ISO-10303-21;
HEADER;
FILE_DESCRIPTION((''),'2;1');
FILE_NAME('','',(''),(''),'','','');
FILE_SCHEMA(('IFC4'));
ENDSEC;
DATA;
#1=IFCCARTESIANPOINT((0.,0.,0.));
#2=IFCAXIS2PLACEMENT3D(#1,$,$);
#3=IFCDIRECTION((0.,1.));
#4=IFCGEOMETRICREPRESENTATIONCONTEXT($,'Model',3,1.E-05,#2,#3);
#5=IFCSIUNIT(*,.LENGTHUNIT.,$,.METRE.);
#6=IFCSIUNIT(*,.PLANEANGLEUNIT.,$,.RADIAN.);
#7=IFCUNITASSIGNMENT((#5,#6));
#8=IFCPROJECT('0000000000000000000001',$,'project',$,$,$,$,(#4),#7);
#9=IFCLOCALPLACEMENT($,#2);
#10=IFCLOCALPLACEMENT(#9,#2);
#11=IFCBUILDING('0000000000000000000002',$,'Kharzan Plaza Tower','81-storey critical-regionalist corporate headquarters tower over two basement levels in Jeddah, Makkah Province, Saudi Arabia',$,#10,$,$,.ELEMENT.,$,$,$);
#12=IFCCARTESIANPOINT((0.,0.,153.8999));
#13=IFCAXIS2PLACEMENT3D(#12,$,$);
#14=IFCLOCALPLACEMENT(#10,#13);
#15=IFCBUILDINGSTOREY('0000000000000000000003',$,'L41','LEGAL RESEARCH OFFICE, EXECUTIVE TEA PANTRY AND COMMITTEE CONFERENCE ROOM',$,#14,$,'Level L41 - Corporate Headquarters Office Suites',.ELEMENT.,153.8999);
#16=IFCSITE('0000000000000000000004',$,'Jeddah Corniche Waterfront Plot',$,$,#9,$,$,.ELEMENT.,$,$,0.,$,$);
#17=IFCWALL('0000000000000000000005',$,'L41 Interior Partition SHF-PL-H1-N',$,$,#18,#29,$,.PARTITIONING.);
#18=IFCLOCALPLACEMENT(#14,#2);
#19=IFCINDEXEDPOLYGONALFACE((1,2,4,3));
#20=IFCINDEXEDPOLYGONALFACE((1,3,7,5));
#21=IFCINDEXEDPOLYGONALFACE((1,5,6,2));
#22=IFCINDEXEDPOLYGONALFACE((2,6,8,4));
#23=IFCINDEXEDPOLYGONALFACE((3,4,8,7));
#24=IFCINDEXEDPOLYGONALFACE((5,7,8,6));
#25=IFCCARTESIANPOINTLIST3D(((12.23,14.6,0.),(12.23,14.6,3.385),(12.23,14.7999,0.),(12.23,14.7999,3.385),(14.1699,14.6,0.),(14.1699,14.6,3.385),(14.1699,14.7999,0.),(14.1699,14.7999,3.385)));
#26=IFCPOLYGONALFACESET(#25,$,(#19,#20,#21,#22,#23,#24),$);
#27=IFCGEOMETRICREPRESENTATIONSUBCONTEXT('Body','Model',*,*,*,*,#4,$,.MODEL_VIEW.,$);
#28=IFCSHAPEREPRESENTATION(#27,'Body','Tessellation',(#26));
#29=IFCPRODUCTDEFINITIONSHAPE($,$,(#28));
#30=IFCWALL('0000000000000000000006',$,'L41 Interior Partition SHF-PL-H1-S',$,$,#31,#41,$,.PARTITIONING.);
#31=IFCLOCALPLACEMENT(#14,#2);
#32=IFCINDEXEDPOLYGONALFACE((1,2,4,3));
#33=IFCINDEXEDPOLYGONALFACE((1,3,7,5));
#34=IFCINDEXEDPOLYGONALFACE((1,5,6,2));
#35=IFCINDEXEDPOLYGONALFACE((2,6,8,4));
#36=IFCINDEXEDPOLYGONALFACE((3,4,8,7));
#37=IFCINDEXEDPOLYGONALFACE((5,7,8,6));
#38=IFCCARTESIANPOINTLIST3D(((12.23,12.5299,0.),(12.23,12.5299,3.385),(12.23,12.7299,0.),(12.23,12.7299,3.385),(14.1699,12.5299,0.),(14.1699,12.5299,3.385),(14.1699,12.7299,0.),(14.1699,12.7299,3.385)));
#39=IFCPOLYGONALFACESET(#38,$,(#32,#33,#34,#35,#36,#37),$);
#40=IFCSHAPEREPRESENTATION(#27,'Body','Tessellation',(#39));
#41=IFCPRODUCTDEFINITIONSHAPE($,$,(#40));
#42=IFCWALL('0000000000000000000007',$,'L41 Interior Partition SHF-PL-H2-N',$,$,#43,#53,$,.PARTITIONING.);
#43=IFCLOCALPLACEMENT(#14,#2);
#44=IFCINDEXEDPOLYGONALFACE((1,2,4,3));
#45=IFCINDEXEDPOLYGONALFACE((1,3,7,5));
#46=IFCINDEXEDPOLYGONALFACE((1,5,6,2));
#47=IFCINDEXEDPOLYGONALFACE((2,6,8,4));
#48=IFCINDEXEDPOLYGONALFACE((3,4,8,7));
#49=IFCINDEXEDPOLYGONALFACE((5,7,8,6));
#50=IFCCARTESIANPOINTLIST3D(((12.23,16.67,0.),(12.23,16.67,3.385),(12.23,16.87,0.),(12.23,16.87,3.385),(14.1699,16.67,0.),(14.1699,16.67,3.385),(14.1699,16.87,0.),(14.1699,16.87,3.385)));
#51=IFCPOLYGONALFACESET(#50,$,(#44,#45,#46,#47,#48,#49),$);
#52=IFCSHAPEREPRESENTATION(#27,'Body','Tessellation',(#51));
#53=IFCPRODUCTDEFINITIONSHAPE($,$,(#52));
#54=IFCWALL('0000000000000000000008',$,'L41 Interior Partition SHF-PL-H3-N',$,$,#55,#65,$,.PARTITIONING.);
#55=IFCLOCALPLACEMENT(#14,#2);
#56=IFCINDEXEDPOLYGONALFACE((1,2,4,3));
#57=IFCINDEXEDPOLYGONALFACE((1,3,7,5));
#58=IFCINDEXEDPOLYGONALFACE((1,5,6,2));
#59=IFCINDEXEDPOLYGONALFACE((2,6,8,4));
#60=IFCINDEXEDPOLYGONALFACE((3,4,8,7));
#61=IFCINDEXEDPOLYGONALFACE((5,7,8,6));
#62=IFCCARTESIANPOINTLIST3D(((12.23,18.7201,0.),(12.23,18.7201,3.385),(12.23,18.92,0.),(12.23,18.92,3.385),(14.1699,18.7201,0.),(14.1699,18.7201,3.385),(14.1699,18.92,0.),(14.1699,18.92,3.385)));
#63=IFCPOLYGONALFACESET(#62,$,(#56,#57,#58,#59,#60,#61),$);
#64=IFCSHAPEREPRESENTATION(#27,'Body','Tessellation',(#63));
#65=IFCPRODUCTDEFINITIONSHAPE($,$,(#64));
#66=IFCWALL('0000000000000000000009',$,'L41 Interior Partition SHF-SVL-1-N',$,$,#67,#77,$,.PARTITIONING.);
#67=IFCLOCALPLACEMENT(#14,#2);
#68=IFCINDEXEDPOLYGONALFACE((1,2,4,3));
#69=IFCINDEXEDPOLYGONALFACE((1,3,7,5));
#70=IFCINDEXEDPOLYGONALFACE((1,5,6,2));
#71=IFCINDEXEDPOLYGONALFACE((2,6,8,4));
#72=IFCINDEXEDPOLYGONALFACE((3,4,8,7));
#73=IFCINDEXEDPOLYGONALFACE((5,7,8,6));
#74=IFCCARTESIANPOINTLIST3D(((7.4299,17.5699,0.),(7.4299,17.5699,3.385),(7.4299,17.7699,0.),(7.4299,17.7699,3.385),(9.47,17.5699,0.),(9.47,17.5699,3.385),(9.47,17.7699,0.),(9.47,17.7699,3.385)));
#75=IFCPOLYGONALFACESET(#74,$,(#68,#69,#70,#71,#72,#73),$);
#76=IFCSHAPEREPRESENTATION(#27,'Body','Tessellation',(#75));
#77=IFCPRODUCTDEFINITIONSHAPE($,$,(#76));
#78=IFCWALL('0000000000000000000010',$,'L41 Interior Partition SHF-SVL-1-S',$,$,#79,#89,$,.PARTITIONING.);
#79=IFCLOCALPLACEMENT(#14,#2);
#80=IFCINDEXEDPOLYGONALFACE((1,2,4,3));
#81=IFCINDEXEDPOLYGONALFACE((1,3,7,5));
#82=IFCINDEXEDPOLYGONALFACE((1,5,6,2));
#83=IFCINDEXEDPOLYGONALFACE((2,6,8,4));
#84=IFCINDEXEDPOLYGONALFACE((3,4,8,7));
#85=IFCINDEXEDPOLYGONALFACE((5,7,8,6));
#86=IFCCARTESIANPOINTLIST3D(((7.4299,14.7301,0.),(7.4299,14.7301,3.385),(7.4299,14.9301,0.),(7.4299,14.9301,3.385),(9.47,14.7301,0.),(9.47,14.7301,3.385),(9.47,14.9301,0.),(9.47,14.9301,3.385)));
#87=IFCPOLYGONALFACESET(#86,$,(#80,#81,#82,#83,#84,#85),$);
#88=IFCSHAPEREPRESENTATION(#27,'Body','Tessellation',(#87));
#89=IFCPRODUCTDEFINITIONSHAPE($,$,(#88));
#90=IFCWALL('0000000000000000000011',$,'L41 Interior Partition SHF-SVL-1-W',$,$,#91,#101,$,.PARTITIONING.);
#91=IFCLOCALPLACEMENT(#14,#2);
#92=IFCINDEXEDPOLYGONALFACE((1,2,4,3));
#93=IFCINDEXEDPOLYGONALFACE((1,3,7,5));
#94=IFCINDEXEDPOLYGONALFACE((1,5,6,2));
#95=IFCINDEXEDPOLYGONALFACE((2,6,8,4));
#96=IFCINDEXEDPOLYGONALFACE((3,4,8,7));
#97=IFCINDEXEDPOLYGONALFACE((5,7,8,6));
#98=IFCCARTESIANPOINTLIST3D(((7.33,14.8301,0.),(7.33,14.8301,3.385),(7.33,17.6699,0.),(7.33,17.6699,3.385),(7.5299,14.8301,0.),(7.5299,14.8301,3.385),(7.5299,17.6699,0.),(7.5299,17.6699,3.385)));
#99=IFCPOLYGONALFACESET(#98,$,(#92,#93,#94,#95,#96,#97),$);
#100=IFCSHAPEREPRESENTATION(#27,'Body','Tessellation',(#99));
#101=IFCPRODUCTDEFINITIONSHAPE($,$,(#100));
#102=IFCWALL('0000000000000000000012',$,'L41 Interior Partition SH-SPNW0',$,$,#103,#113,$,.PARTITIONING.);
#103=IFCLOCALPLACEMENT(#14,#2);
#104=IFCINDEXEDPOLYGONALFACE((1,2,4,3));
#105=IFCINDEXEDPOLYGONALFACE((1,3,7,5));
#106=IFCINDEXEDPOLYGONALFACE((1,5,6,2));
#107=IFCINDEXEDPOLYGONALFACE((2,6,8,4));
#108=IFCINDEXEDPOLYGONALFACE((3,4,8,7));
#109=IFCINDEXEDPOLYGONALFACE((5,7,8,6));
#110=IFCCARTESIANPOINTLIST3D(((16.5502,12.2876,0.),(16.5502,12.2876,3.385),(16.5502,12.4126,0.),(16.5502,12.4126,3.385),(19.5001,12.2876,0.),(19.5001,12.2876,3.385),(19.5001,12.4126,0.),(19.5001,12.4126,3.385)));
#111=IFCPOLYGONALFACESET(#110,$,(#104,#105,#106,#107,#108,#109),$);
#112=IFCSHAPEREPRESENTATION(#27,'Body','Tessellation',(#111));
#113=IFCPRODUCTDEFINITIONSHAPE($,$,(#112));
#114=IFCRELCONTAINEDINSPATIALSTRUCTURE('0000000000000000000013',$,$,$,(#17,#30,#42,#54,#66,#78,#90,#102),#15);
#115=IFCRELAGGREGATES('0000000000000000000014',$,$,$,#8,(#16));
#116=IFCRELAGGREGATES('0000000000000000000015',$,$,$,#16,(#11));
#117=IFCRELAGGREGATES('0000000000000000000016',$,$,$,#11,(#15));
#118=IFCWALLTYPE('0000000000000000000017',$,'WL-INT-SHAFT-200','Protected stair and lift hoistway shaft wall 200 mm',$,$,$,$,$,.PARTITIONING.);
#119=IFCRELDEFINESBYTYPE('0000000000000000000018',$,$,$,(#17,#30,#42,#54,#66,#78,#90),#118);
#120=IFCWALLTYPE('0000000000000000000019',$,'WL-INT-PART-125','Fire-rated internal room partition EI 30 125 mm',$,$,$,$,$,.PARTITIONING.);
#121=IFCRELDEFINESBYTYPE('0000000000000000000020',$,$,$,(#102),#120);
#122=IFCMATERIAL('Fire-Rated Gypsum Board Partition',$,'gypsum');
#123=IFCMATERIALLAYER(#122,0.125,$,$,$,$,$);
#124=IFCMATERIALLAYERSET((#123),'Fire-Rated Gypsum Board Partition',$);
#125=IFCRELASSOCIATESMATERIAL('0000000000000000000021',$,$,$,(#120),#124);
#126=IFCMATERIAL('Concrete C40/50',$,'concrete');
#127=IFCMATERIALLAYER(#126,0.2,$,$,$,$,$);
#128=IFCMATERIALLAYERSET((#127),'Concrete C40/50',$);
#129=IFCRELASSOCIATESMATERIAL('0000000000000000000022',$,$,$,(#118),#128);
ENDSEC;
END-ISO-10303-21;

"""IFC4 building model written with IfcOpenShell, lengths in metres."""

from ifc_helpers import new_model, si_unit, direction, frame, frame_2d, origin, place, context, subcontext, project, spatial, rectangle, extrude, source, transform, mapped, material, layer, layer_set, type_object, element, save


model = new_model("IFC4")

# Units and contexts
model_context = context("Model", 3, precision=1e-05, world=origin(), true_north=direction((0.0, 1.0)))
body_context = subcontext(model_context, "Body", "Model", "MODEL_VIEW")
ifc_project = project(units=[si_unit("LENGTHUNIT", "METRE"), si_unit("PLANEANGLEUNIT", "RADIAN")], contexts=[model_context])

# Site, building, storey
site_placement = place(None, origin())
site = spatial("IfcSite", under=ifc_project, at=site_placement, Name="Jeddah Corniche Waterfront Plot", CompositionType="ELEMENT", RefElevation=0.0)
building_placement = place(site_placement, origin())
building = spatial("IfcBuilding", under=site, at=building_placement, Name="Kharzan Plaza Tower", Description="81-storey critical-regionalist corporate headquarters tower over two basement levels in Jeddah, Makkah Province, Saudi Arabia", CompositionType="ELEMENT")
storey_placement = place(building_placement, frame((0.0, 0.0, 153.8999)))
storey = spatial("IfcBuildingStorey", under=building, at=storey_placement, Name="L41", Description="LEGAL RESEARCH OFFICE, EXECUTIVE TEA PANTRY AND COMMITTEE CONFERENCE ROOM", LongName="Level L41 - Corporate Headquarters Office Suites", CompositionType="ELEMENT", Elevation=153.8999)

# Shared definitions
ifc_material_1 = material(Name="Fire-Rated Gypsum Board Partition", Category="gypsum")
ifc_layer_1 = layer(ifc_material_1, 0.125)
ifc_layer_set_1 = layer_set([ifc_layer_1], Name="Fire-Rated Gypsum Board Partition")
wall_type_1 = type_object("IfcWallType", Name="WL-INT-PART-125", Description="Fire-rated internal room partition EI 30 125 mm", PredefinedType="PARTITIONING", material=ifc_layer_set_1)
ifc_material_2 = material(Name="Concrete C40/50", Category="concrete")
ifc_layer_2 = layer(ifc_material_2, 0.2)
ifc_layer_set_2 = layer_set([ifc_layer_2], Name="Concrete C40/50")
wall_type_2 = type_object("IfcWallType", Name="WL-INT-SHAFT-200", Description="Protected stair and lift hoistway shaft wall 200 mm", PredefinedType="PARTITIONING", material=ifc_layer_set_2)

# Walls
shared_shape_1 = source(origin(), body_context, "Body", "SweptSolid", [
    extrude(rectangle(XDim=1.9399, YDim=0.2, at=frame_2d((0.97, 0.0))), origin(), (0.0, 0.0, 1.0), 3.385),
])
for number, where, z_axis, x_axis, name in (
    (1, (12.23, 14.7, 0.0), (0.0, 0.0, 1.0), (1.0, 0.0, 0.0), "L41 Interior Partition SHF-PL-H1-N"),
    (2, (12.23, 12.6299, 0.0), (0.0, 0.0, 1.0), (1.0, 0.0, 0.0), "L41 Interior Partition SHF-PL-H1-S"),
    (3, (12.23, 16.77, 0.0), (0.0, 0.0, 1.0), (1.0, 0.0, 0.0), "L41 Interior Partition SHF-PL-H2-N"),
    (4, (12.23, 18.8201, 0.0), (0.0, 0.0, 1.0), (1.0, 0.0, 0.0), "L41 Interior Partition SHF-PL-H3-N"),
):
    element("IfcWall", number, at=place(storey_placement, frame(where, z_axis=z_axis, x_axis=x_axis)), inside=storey, type_object=wall_type_2, Name=name, PredefinedType="PARTITIONING", context=body_context, shape_type="MappedRepresentation", body=[
        mapped(shared_shape_1, transform((0.0, 0.0, 0.0), x_axis=(1.0, 0.0, 0.0), y_axis=(0.0, 1.0, 0.0), z_axis=(0.0, 0.0, 1.0))),
    ])
shared_shape_2 = source(origin(), body_context, "Body", "SweptSolid", [
    extrude(rectangle(XDim=2.04, YDim=0.2, at=frame_2d((1.02, 0.0))), origin(), (0.0, 0.0, 1.0), 3.385),
])
for number, where, z_axis, x_axis, name in (
    (5, (7.4299, 17.6699, 0.0), (0.0, 0.0, 1.0), (1.0, 0.0, 0.0), "L41 Interior Partition SHF-SVL-1-N"),
    (6, (7.4299, 14.8301, 0.0), (0.0, 0.0, 1.0), (1.0, 0.0, 0.0), "L41 Interior Partition SHF-SVL-1-S"),
):
    element("IfcWall", number, at=place(storey_placement, frame(where, z_axis=z_axis, x_axis=x_axis)), inside=storey, type_object=wall_type_2, Name=name, PredefinedType="PARTITIONING", context=body_context, shape_type="MappedRepresentation", body=[
        mapped(shared_shape_2, transform((0.0, 0.0, 0.0), x_axis=(1.0, 0.0, 0.0), y_axis=(0.0, 1.0, 0.0), z_axis=(0.0, 0.0, 1.0))),
    ])
shared_shape_3 = source(origin(), body_context, "Body", "SweptSolid", [
    extrude(rectangle(XDim=2.8398, YDim=0.2, at=frame_2d((1.4199, 0.0))), origin(), (0.0, 0.0, 1.0), 3.385),
])
wall_1_placement = place(storey_placement, frame((7.4299, 14.8301, 0.0), z_axis=(0.0, 0.0, 1.0), x_axis=(0.0, 1.0, 0.0)))
element("IfcWall", 7, at=wall_1_placement, inside=storey, type_object=wall_type_2, Name="L41 Interior Partition SHF-SVL-1-W", PredefinedType="PARTITIONING", context=body_context, shape_type="MappedRepresentation", body=[
    mapped(shared_shape_3, transform((0.0, 0.0, 0.0), x_axis=(1.0, 0.0, 0.0), y_axis=(0.0, 1.0, 0.0), z_axis=(0.0, 0.0, 1.0))),
])
shared_shape_4 = source(origin(), body_context, "Body", "SweptSolid", [
    extrude(rectangle(XDim=2.95, YDim=0.125, at=frame_2d((1.4751, 0.0))), origin(), (0.0, 0.0, 1.0), 3.385),
])
wall_2_placement = place(storey_placement, frame((16.55, 12.3501, 0.0), z_axis=(0.0, 0.0, 1.0), x_axis=(1.0, 0.0, 0.0)))
element("IfcWall", 8, at=wall_2_placement, inside=storey, type_object=wall_type_1, Name="L41 Interior Partition SH-SPNW0", PredefinedType="PARTITIONING", context=body_context, shape_type="MappedRepresentation", body=[
    mapped(shared_shape_4, transform((0.0, 0.0, 0.0), x_axis=(1.0, 0.0, 0.0), y_axis=(0.0, 1.0, 0.0), z_axis=(0.0, 0.0, 1.0))),
])

save(model, "model.ifc")
